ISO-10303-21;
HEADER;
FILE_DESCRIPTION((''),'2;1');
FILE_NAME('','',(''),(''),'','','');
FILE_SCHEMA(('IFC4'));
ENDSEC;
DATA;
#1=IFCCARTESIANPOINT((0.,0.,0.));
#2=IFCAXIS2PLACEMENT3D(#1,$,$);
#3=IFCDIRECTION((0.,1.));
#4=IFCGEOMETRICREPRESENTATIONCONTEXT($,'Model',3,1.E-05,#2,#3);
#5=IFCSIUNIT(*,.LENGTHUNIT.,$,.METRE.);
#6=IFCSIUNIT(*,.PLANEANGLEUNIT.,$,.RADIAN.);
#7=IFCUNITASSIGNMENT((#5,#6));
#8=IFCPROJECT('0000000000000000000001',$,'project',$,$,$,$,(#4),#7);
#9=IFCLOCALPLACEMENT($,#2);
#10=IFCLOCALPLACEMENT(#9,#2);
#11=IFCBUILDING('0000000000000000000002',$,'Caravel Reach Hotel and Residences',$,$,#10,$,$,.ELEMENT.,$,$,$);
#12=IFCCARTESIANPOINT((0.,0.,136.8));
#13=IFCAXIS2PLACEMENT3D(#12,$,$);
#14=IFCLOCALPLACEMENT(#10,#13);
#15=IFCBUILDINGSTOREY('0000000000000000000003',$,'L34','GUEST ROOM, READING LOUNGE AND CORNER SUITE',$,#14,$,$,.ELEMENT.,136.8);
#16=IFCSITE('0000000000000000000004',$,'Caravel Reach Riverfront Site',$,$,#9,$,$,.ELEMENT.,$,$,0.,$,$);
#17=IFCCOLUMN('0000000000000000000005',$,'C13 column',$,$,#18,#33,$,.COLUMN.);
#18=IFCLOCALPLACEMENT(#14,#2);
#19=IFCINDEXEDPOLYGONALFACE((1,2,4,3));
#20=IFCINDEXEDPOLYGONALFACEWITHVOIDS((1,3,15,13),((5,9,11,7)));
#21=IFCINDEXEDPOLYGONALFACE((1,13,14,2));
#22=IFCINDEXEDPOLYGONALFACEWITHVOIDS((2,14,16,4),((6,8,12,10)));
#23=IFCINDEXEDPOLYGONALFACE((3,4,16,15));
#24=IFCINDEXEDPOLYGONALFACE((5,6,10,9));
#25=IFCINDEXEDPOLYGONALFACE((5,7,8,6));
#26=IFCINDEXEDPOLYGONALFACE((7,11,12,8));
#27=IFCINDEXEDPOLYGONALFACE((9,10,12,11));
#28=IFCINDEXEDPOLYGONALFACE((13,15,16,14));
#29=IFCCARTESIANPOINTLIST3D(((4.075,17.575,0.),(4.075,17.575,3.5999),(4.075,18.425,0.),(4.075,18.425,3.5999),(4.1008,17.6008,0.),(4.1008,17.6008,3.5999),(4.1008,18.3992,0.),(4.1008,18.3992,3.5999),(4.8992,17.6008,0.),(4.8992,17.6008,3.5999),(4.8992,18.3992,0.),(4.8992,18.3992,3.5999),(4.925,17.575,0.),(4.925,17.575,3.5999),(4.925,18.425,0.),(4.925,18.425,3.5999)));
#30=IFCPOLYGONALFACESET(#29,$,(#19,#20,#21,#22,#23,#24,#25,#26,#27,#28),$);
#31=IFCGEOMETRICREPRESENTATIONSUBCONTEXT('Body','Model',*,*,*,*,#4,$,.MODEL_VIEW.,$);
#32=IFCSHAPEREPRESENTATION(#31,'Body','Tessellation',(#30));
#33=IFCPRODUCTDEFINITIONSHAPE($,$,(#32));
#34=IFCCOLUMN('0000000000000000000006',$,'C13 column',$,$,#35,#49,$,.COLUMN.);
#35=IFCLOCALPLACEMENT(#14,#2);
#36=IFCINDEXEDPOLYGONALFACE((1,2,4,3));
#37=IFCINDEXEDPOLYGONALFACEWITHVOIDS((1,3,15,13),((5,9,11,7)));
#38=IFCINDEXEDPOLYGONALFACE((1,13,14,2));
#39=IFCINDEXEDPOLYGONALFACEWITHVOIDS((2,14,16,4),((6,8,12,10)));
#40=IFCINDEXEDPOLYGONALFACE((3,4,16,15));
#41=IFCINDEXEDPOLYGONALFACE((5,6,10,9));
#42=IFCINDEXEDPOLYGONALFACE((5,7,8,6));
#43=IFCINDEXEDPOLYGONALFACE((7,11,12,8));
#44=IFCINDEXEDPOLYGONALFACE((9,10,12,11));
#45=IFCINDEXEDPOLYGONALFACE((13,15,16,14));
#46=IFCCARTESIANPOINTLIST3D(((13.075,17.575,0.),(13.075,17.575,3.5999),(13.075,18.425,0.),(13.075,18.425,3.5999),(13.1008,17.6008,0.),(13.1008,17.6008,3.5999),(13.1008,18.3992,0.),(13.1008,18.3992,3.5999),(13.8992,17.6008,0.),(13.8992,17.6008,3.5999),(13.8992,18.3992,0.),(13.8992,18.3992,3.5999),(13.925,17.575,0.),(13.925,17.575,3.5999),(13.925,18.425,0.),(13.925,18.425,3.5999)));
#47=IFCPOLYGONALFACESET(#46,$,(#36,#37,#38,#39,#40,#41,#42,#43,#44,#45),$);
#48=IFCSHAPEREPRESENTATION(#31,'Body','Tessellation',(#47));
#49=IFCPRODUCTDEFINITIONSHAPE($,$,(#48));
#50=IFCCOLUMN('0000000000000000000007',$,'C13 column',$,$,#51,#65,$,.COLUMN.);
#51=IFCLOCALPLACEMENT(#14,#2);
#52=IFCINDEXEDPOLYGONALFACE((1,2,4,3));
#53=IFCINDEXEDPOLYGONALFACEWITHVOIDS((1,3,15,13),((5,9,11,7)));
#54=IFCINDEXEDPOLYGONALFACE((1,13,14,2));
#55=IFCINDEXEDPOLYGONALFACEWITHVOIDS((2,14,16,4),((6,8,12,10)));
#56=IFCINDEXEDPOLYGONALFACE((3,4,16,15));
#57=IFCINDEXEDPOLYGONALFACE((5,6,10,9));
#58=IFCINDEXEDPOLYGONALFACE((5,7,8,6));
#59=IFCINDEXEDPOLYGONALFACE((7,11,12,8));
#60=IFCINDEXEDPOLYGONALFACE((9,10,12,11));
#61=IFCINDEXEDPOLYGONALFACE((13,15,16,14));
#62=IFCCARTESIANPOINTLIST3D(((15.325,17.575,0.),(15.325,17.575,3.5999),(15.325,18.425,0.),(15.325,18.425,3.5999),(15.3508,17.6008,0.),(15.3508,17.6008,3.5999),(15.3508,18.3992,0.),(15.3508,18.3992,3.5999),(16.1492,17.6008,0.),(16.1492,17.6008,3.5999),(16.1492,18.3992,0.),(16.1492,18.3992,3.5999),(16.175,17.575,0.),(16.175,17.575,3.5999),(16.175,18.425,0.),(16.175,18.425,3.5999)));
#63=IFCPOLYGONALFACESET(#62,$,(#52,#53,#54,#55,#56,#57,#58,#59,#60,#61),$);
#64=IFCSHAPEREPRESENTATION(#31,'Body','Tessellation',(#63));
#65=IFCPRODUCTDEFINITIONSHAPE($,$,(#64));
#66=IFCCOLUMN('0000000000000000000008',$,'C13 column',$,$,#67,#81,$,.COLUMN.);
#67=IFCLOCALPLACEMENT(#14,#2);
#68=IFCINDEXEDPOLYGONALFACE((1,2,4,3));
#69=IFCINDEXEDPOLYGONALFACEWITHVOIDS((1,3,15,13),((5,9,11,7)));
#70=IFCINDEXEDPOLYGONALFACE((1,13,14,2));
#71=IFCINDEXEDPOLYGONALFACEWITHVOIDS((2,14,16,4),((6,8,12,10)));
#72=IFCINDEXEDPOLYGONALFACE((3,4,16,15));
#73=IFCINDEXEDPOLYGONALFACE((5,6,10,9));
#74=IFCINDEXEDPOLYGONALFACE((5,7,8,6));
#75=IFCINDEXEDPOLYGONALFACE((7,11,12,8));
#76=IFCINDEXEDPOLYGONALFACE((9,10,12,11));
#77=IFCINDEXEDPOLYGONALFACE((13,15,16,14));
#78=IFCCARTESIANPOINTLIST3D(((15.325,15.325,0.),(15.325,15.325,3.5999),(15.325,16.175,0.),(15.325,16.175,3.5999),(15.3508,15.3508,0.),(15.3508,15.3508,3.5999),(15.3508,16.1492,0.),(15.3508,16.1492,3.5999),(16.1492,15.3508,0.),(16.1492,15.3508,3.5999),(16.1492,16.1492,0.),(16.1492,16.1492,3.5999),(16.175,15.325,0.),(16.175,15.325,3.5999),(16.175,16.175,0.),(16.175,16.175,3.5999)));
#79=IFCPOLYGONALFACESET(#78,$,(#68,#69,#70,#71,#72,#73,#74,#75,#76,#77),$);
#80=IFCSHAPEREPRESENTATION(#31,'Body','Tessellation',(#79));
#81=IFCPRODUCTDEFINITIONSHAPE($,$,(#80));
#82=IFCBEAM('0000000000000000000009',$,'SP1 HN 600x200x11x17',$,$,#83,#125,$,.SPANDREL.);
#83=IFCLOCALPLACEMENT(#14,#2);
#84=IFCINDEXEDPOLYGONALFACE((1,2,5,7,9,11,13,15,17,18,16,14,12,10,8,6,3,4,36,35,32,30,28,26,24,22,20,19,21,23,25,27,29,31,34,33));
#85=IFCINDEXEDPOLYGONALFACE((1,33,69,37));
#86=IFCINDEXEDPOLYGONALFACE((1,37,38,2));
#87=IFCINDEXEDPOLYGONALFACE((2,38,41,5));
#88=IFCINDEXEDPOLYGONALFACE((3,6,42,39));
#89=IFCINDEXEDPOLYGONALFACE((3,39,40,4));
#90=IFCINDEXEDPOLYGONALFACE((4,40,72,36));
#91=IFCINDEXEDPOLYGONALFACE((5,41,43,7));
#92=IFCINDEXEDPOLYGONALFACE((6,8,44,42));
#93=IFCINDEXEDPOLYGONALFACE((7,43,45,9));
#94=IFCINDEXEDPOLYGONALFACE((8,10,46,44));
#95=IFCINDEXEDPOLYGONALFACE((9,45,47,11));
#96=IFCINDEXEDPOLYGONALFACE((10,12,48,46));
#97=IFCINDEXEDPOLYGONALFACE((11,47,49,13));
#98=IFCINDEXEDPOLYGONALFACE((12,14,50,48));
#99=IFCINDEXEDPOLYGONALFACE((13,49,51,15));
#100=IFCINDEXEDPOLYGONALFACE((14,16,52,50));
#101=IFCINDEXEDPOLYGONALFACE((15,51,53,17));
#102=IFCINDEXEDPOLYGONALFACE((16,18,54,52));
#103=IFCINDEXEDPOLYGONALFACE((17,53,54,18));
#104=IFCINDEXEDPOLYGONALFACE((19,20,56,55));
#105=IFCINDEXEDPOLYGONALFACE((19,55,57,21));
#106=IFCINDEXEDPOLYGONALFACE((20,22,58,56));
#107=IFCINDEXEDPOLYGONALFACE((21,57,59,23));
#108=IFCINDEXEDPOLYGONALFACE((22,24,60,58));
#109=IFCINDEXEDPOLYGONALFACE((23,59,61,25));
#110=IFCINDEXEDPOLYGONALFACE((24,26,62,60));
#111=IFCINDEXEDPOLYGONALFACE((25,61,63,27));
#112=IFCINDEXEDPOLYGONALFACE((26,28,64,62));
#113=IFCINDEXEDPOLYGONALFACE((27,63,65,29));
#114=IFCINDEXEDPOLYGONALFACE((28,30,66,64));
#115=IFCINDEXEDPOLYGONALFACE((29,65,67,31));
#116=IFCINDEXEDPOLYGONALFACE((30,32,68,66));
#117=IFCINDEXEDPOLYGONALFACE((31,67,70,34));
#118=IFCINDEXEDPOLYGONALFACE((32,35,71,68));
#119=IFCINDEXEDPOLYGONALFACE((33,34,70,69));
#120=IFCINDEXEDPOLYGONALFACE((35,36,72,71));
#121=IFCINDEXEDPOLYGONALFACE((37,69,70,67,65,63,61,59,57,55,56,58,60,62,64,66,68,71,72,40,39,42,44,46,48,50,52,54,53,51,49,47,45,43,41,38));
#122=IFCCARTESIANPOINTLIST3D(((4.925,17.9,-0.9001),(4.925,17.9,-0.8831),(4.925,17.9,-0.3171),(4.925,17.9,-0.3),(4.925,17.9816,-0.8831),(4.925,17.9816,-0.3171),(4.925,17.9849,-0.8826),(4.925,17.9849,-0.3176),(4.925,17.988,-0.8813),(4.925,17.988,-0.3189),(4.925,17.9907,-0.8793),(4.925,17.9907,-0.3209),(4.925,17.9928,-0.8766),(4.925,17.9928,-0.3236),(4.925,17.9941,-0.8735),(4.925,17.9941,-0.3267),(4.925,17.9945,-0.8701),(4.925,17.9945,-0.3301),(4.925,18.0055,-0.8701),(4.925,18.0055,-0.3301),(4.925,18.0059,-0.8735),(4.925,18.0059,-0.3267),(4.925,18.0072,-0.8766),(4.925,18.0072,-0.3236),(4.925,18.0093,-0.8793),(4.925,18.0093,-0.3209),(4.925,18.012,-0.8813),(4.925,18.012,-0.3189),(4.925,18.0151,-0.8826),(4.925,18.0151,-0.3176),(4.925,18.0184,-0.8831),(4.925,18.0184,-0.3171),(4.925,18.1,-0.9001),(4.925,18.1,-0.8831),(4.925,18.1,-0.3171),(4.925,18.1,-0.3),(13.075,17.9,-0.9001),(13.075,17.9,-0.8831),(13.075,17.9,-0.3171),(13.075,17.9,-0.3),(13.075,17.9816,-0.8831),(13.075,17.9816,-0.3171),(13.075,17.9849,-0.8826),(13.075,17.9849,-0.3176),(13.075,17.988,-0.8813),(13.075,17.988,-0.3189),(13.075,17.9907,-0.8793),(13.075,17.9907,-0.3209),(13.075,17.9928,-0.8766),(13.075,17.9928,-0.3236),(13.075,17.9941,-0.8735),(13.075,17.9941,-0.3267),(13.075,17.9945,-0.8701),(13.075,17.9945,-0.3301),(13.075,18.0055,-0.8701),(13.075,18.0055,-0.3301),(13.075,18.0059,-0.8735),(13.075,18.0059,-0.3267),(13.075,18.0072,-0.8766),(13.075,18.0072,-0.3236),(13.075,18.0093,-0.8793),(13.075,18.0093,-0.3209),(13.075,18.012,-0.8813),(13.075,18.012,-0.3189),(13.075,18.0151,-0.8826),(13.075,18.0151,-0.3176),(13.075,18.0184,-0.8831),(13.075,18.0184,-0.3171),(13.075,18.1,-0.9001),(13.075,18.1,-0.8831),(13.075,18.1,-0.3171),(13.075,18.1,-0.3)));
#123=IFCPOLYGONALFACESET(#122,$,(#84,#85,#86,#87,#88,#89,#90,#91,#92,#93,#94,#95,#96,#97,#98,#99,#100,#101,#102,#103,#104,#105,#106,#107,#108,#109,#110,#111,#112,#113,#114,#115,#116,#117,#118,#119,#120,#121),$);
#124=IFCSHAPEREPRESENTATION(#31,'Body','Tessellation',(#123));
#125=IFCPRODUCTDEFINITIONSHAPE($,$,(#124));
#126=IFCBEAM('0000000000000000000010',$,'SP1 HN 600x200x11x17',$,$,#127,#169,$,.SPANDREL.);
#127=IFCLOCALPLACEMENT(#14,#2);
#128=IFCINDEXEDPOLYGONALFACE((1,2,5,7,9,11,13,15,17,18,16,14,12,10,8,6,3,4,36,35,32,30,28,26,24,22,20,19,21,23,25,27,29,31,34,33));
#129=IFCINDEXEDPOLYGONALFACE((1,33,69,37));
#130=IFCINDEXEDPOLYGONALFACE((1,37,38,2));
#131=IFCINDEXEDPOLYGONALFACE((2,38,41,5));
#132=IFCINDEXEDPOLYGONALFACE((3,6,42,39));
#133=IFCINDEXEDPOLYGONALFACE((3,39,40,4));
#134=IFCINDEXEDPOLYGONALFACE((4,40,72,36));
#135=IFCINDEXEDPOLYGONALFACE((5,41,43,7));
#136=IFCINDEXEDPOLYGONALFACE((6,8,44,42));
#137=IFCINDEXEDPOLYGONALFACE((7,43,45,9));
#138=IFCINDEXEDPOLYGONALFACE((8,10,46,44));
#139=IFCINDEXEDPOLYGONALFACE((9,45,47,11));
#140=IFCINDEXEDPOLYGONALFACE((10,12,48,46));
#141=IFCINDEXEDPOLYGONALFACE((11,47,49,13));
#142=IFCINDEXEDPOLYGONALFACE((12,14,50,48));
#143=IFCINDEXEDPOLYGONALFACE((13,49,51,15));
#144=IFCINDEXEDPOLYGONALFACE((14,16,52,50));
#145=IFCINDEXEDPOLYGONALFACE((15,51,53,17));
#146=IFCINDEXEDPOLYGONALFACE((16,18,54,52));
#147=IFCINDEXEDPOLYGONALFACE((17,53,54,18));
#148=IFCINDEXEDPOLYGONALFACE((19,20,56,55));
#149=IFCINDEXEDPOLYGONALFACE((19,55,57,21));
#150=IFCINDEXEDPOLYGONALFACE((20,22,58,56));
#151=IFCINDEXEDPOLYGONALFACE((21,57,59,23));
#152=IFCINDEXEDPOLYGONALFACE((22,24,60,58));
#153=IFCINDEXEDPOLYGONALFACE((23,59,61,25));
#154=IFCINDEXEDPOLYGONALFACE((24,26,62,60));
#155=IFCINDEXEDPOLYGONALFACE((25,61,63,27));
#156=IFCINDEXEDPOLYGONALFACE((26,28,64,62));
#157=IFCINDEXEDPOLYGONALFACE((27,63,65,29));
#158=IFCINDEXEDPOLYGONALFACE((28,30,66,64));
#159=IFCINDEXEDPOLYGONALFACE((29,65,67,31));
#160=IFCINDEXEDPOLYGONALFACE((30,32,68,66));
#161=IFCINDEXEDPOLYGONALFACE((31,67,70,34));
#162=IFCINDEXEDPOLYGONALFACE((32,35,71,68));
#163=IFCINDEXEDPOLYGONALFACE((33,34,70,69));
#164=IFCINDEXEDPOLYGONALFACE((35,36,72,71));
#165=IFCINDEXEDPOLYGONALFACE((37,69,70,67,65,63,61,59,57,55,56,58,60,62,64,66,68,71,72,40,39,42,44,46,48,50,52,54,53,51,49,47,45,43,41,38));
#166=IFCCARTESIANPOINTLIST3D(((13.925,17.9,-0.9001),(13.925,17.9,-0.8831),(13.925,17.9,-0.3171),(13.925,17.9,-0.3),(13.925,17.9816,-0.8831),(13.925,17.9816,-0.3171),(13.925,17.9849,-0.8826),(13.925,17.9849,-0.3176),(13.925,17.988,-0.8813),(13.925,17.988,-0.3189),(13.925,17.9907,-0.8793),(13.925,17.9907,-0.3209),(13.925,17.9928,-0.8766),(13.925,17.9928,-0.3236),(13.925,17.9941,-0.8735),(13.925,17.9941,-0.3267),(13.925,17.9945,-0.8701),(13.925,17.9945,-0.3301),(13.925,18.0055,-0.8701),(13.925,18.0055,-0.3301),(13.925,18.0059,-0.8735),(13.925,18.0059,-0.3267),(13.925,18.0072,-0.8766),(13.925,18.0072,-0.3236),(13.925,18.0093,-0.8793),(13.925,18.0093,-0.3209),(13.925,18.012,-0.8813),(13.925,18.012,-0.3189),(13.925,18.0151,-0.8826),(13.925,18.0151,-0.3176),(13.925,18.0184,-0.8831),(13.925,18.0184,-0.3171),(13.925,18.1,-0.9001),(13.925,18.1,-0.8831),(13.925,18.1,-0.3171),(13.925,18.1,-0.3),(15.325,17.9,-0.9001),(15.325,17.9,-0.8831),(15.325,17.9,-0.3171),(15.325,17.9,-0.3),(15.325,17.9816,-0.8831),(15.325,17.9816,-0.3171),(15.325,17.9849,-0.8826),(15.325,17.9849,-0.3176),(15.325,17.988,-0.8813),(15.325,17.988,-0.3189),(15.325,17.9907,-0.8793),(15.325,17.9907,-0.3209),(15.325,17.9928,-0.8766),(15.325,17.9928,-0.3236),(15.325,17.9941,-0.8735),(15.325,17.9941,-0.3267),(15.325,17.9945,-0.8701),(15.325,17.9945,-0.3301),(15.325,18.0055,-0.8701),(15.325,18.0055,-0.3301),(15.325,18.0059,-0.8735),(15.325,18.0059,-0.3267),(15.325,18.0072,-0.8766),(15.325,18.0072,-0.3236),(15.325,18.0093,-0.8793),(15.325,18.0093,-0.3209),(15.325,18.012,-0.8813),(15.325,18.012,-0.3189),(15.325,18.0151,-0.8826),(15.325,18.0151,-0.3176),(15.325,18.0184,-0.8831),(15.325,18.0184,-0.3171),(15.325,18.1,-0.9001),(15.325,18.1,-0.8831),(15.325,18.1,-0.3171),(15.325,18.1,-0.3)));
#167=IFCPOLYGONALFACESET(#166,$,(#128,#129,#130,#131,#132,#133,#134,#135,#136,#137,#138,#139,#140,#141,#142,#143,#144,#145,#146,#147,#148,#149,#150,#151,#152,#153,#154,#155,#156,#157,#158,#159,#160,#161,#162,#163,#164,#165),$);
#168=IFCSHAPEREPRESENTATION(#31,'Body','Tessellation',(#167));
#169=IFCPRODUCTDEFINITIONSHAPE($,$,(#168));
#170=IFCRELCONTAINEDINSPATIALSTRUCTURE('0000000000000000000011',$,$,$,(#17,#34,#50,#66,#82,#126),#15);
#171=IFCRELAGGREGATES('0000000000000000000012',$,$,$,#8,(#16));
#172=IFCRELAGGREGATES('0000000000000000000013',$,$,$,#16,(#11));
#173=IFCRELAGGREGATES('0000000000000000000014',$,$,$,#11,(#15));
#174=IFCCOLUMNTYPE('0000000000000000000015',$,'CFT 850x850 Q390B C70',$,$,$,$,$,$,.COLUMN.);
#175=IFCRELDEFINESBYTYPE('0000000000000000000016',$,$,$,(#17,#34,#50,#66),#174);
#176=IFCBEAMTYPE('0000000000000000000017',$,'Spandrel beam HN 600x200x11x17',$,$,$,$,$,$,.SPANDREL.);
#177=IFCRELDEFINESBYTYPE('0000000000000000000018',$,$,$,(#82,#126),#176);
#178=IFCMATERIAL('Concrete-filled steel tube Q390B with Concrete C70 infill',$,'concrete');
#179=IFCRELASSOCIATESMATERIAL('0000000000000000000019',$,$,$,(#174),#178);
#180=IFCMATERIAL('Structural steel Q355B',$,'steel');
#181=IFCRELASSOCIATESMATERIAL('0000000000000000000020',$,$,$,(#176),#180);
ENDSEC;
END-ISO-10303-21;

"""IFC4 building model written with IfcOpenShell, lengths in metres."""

from ifc_helpers import new_model, si_unit, direction, frame, origin, origin_2d, place, context, subcontext, project, spatial, hollow_rectangle, i_section, extrude, material, material_profile, profile_set, type_object, element, save


model = new_model("IFC4")

# Units and contexts
model_context = context("Model", 3, precision=1e-05, world=origin(), true_north=direction((0.0, 1.0)))
body_context = subcontext(model_context, "Body", "Model", "MODEL_VIEW")
ifc_project = project(units=[si_unit("LENGTHUNIT", "METRE"), si_unit("PLANEANGLEUNIT", "RADIAN")], contexts=[model_context])

# Site, building, storey
site_placement = place(None, origin())
site = spatial("IfcSite", under=ifc_project, at=site_placement, Name="Caravel Reach Riverfront Site", CompositionType="ELEMENT", RefElevation=0.0)
building_placement = place(site_placement, origin())
building = spatial("IfcBuilding", under=site, at=building_placement, Name="Caravel Reach Hotel and Residences", CompositionType="ELEMENT")
storey_placement = place(building_placement, frame((0.0, 0.0, 136.8)))
storey = spatial("IfcBuildingStorey", under=building, at=storey_placement, Name="L34", Description="GUEST ROOM, READING LOUNGE AND CORNER SUITE", CompositionType="ELEMENT", Elevation=136.8)

# Columns
ifc_material_1 = material(Name="Concrete-filled steel tube Q390B with Concrete C70 infill", Category="concrete")
ifc_material_profile_1 = material_profile(ifc_material_1, hollow_rectangle(XDim=0.8501, YDim=0.8501, WallThickness=0.0259, at=origin_2d()), Name="RHS 850x850x26")
ifc_profile_set_1 = profile_set([ifc_material_profile_1], Name="Concrete-filled steel tube Q390B with Concrete C70 infill")
column_type = type_object("IfcColumnType", Name="CFT 850x850 Q390B C70", PredefinedType="COLUMN", material=ifc_profile_set_1)
for number, where, z_axis, x_axis, name in (
    (1, (4.5, 18.0, 0.0), (0.0, 0.0, 1.0), (1.0, 0.0, 0.0), "C13 column"),
    (2, (13.5, 18.0, 0.0), (0.0, 0.0, 1.0), (1.0, 0.0, 0.0), "C13 column"),
    (3, (15.75, 18.0, 0.0), (0.0, 0.0, 1.0), (1.0, 0.0, 0.0), "C13 column"),
    (4, (15.75, 15.75, 0.0), (0.0, 0.0, 1.0), (1.0, 0.0, 0.0), "C13 column"),
):
    element("IfcColumn", number, at=place(storey_placement, frame(where, z_axis=z_axis, x_axis=x_axis)), inside=storey, type_object=column_type, Name=name, PredefinedType="COLUMN", context=body_context, shape_type="SweptSolid", body=[
        extrude(hollow_rectangle(XDim=0.8501, YDim=0.8501, WallThickness=0.0259, at=origin_2d()), origin(), (0.0, 0.0, 1.0), 3.5999),
    ])

# Beams
ifc_material_2 = material(Name="Structural steel Q355B", Category="steel")
ifc_material_profile_2 = material_profile(ifc_material_2, i_section(OverallWidth=0.2, OverallDepth=0.6001, WebThickness=0.011, FlangeThickness=0.0171, FilletRadius=0.0129, at=origin_2d()), Name="HN 600x200x11x17")
ifc_profile_set_2 = profile_set([ifc_material_profile_2], Name="Structural steel Q355B")
beam_type = type_object("IfcBeamType", Name="Spandrel beam HN 600x200x11x17", PredefinedType="SPANDREL", material=ifc_profile_set_2)
beam_placement = place(storey_placement, frame((4.925, 18.0, -0.6001), z_axis=(1.0, 0.0, 0.0), x_axis=(0.0, 1.0, 0.0)))
element("IfcBeam", 5, at=beam_placement, inside=storey, type_object=beam_type, Name="SP1 HN 600x200x11x17", PredefinedType="SPANDREL", context=body_context, shape_type="SweptSolid", body=[
    extrude(i_section(OverallWidth=0.2, OverallDepth=0.6001, WebThickness=0.011, FlangeThickness=0.0171, FilletRadius=0.0129, at=origin_2d()), origin(), (0.0, 0.0, 1.0), 8.1499),
])
for number, where, z_axis, x_axis, name in (
    (6, (13.925, 18.0, -0.6001), (1.0, 0.0, 0.0), (0.0, 1.0, 0.0), "SP1 HN 600x200x11x17"),
):
    element("IfcBeam", number, at=place(storey_placement, frame(where, z_axis=z_axis, x_axis=x_axis)), inside=storey, type_object=beam_type, Name=name, PredefinedType="SPANDREL", context=body_context, shape_type="SweptSolid", body=[
        extrude(i_section(OverallWidth=0.2, OverallDepth=0.6001, WebThickness=0.011, FlangeThickness=0.0171, FilletRadius=0.0129, at=origin_2d()), origin(), (0.0, 0.0, 1.0), 1.3999),
    ])

save(model, "model.ifc")
